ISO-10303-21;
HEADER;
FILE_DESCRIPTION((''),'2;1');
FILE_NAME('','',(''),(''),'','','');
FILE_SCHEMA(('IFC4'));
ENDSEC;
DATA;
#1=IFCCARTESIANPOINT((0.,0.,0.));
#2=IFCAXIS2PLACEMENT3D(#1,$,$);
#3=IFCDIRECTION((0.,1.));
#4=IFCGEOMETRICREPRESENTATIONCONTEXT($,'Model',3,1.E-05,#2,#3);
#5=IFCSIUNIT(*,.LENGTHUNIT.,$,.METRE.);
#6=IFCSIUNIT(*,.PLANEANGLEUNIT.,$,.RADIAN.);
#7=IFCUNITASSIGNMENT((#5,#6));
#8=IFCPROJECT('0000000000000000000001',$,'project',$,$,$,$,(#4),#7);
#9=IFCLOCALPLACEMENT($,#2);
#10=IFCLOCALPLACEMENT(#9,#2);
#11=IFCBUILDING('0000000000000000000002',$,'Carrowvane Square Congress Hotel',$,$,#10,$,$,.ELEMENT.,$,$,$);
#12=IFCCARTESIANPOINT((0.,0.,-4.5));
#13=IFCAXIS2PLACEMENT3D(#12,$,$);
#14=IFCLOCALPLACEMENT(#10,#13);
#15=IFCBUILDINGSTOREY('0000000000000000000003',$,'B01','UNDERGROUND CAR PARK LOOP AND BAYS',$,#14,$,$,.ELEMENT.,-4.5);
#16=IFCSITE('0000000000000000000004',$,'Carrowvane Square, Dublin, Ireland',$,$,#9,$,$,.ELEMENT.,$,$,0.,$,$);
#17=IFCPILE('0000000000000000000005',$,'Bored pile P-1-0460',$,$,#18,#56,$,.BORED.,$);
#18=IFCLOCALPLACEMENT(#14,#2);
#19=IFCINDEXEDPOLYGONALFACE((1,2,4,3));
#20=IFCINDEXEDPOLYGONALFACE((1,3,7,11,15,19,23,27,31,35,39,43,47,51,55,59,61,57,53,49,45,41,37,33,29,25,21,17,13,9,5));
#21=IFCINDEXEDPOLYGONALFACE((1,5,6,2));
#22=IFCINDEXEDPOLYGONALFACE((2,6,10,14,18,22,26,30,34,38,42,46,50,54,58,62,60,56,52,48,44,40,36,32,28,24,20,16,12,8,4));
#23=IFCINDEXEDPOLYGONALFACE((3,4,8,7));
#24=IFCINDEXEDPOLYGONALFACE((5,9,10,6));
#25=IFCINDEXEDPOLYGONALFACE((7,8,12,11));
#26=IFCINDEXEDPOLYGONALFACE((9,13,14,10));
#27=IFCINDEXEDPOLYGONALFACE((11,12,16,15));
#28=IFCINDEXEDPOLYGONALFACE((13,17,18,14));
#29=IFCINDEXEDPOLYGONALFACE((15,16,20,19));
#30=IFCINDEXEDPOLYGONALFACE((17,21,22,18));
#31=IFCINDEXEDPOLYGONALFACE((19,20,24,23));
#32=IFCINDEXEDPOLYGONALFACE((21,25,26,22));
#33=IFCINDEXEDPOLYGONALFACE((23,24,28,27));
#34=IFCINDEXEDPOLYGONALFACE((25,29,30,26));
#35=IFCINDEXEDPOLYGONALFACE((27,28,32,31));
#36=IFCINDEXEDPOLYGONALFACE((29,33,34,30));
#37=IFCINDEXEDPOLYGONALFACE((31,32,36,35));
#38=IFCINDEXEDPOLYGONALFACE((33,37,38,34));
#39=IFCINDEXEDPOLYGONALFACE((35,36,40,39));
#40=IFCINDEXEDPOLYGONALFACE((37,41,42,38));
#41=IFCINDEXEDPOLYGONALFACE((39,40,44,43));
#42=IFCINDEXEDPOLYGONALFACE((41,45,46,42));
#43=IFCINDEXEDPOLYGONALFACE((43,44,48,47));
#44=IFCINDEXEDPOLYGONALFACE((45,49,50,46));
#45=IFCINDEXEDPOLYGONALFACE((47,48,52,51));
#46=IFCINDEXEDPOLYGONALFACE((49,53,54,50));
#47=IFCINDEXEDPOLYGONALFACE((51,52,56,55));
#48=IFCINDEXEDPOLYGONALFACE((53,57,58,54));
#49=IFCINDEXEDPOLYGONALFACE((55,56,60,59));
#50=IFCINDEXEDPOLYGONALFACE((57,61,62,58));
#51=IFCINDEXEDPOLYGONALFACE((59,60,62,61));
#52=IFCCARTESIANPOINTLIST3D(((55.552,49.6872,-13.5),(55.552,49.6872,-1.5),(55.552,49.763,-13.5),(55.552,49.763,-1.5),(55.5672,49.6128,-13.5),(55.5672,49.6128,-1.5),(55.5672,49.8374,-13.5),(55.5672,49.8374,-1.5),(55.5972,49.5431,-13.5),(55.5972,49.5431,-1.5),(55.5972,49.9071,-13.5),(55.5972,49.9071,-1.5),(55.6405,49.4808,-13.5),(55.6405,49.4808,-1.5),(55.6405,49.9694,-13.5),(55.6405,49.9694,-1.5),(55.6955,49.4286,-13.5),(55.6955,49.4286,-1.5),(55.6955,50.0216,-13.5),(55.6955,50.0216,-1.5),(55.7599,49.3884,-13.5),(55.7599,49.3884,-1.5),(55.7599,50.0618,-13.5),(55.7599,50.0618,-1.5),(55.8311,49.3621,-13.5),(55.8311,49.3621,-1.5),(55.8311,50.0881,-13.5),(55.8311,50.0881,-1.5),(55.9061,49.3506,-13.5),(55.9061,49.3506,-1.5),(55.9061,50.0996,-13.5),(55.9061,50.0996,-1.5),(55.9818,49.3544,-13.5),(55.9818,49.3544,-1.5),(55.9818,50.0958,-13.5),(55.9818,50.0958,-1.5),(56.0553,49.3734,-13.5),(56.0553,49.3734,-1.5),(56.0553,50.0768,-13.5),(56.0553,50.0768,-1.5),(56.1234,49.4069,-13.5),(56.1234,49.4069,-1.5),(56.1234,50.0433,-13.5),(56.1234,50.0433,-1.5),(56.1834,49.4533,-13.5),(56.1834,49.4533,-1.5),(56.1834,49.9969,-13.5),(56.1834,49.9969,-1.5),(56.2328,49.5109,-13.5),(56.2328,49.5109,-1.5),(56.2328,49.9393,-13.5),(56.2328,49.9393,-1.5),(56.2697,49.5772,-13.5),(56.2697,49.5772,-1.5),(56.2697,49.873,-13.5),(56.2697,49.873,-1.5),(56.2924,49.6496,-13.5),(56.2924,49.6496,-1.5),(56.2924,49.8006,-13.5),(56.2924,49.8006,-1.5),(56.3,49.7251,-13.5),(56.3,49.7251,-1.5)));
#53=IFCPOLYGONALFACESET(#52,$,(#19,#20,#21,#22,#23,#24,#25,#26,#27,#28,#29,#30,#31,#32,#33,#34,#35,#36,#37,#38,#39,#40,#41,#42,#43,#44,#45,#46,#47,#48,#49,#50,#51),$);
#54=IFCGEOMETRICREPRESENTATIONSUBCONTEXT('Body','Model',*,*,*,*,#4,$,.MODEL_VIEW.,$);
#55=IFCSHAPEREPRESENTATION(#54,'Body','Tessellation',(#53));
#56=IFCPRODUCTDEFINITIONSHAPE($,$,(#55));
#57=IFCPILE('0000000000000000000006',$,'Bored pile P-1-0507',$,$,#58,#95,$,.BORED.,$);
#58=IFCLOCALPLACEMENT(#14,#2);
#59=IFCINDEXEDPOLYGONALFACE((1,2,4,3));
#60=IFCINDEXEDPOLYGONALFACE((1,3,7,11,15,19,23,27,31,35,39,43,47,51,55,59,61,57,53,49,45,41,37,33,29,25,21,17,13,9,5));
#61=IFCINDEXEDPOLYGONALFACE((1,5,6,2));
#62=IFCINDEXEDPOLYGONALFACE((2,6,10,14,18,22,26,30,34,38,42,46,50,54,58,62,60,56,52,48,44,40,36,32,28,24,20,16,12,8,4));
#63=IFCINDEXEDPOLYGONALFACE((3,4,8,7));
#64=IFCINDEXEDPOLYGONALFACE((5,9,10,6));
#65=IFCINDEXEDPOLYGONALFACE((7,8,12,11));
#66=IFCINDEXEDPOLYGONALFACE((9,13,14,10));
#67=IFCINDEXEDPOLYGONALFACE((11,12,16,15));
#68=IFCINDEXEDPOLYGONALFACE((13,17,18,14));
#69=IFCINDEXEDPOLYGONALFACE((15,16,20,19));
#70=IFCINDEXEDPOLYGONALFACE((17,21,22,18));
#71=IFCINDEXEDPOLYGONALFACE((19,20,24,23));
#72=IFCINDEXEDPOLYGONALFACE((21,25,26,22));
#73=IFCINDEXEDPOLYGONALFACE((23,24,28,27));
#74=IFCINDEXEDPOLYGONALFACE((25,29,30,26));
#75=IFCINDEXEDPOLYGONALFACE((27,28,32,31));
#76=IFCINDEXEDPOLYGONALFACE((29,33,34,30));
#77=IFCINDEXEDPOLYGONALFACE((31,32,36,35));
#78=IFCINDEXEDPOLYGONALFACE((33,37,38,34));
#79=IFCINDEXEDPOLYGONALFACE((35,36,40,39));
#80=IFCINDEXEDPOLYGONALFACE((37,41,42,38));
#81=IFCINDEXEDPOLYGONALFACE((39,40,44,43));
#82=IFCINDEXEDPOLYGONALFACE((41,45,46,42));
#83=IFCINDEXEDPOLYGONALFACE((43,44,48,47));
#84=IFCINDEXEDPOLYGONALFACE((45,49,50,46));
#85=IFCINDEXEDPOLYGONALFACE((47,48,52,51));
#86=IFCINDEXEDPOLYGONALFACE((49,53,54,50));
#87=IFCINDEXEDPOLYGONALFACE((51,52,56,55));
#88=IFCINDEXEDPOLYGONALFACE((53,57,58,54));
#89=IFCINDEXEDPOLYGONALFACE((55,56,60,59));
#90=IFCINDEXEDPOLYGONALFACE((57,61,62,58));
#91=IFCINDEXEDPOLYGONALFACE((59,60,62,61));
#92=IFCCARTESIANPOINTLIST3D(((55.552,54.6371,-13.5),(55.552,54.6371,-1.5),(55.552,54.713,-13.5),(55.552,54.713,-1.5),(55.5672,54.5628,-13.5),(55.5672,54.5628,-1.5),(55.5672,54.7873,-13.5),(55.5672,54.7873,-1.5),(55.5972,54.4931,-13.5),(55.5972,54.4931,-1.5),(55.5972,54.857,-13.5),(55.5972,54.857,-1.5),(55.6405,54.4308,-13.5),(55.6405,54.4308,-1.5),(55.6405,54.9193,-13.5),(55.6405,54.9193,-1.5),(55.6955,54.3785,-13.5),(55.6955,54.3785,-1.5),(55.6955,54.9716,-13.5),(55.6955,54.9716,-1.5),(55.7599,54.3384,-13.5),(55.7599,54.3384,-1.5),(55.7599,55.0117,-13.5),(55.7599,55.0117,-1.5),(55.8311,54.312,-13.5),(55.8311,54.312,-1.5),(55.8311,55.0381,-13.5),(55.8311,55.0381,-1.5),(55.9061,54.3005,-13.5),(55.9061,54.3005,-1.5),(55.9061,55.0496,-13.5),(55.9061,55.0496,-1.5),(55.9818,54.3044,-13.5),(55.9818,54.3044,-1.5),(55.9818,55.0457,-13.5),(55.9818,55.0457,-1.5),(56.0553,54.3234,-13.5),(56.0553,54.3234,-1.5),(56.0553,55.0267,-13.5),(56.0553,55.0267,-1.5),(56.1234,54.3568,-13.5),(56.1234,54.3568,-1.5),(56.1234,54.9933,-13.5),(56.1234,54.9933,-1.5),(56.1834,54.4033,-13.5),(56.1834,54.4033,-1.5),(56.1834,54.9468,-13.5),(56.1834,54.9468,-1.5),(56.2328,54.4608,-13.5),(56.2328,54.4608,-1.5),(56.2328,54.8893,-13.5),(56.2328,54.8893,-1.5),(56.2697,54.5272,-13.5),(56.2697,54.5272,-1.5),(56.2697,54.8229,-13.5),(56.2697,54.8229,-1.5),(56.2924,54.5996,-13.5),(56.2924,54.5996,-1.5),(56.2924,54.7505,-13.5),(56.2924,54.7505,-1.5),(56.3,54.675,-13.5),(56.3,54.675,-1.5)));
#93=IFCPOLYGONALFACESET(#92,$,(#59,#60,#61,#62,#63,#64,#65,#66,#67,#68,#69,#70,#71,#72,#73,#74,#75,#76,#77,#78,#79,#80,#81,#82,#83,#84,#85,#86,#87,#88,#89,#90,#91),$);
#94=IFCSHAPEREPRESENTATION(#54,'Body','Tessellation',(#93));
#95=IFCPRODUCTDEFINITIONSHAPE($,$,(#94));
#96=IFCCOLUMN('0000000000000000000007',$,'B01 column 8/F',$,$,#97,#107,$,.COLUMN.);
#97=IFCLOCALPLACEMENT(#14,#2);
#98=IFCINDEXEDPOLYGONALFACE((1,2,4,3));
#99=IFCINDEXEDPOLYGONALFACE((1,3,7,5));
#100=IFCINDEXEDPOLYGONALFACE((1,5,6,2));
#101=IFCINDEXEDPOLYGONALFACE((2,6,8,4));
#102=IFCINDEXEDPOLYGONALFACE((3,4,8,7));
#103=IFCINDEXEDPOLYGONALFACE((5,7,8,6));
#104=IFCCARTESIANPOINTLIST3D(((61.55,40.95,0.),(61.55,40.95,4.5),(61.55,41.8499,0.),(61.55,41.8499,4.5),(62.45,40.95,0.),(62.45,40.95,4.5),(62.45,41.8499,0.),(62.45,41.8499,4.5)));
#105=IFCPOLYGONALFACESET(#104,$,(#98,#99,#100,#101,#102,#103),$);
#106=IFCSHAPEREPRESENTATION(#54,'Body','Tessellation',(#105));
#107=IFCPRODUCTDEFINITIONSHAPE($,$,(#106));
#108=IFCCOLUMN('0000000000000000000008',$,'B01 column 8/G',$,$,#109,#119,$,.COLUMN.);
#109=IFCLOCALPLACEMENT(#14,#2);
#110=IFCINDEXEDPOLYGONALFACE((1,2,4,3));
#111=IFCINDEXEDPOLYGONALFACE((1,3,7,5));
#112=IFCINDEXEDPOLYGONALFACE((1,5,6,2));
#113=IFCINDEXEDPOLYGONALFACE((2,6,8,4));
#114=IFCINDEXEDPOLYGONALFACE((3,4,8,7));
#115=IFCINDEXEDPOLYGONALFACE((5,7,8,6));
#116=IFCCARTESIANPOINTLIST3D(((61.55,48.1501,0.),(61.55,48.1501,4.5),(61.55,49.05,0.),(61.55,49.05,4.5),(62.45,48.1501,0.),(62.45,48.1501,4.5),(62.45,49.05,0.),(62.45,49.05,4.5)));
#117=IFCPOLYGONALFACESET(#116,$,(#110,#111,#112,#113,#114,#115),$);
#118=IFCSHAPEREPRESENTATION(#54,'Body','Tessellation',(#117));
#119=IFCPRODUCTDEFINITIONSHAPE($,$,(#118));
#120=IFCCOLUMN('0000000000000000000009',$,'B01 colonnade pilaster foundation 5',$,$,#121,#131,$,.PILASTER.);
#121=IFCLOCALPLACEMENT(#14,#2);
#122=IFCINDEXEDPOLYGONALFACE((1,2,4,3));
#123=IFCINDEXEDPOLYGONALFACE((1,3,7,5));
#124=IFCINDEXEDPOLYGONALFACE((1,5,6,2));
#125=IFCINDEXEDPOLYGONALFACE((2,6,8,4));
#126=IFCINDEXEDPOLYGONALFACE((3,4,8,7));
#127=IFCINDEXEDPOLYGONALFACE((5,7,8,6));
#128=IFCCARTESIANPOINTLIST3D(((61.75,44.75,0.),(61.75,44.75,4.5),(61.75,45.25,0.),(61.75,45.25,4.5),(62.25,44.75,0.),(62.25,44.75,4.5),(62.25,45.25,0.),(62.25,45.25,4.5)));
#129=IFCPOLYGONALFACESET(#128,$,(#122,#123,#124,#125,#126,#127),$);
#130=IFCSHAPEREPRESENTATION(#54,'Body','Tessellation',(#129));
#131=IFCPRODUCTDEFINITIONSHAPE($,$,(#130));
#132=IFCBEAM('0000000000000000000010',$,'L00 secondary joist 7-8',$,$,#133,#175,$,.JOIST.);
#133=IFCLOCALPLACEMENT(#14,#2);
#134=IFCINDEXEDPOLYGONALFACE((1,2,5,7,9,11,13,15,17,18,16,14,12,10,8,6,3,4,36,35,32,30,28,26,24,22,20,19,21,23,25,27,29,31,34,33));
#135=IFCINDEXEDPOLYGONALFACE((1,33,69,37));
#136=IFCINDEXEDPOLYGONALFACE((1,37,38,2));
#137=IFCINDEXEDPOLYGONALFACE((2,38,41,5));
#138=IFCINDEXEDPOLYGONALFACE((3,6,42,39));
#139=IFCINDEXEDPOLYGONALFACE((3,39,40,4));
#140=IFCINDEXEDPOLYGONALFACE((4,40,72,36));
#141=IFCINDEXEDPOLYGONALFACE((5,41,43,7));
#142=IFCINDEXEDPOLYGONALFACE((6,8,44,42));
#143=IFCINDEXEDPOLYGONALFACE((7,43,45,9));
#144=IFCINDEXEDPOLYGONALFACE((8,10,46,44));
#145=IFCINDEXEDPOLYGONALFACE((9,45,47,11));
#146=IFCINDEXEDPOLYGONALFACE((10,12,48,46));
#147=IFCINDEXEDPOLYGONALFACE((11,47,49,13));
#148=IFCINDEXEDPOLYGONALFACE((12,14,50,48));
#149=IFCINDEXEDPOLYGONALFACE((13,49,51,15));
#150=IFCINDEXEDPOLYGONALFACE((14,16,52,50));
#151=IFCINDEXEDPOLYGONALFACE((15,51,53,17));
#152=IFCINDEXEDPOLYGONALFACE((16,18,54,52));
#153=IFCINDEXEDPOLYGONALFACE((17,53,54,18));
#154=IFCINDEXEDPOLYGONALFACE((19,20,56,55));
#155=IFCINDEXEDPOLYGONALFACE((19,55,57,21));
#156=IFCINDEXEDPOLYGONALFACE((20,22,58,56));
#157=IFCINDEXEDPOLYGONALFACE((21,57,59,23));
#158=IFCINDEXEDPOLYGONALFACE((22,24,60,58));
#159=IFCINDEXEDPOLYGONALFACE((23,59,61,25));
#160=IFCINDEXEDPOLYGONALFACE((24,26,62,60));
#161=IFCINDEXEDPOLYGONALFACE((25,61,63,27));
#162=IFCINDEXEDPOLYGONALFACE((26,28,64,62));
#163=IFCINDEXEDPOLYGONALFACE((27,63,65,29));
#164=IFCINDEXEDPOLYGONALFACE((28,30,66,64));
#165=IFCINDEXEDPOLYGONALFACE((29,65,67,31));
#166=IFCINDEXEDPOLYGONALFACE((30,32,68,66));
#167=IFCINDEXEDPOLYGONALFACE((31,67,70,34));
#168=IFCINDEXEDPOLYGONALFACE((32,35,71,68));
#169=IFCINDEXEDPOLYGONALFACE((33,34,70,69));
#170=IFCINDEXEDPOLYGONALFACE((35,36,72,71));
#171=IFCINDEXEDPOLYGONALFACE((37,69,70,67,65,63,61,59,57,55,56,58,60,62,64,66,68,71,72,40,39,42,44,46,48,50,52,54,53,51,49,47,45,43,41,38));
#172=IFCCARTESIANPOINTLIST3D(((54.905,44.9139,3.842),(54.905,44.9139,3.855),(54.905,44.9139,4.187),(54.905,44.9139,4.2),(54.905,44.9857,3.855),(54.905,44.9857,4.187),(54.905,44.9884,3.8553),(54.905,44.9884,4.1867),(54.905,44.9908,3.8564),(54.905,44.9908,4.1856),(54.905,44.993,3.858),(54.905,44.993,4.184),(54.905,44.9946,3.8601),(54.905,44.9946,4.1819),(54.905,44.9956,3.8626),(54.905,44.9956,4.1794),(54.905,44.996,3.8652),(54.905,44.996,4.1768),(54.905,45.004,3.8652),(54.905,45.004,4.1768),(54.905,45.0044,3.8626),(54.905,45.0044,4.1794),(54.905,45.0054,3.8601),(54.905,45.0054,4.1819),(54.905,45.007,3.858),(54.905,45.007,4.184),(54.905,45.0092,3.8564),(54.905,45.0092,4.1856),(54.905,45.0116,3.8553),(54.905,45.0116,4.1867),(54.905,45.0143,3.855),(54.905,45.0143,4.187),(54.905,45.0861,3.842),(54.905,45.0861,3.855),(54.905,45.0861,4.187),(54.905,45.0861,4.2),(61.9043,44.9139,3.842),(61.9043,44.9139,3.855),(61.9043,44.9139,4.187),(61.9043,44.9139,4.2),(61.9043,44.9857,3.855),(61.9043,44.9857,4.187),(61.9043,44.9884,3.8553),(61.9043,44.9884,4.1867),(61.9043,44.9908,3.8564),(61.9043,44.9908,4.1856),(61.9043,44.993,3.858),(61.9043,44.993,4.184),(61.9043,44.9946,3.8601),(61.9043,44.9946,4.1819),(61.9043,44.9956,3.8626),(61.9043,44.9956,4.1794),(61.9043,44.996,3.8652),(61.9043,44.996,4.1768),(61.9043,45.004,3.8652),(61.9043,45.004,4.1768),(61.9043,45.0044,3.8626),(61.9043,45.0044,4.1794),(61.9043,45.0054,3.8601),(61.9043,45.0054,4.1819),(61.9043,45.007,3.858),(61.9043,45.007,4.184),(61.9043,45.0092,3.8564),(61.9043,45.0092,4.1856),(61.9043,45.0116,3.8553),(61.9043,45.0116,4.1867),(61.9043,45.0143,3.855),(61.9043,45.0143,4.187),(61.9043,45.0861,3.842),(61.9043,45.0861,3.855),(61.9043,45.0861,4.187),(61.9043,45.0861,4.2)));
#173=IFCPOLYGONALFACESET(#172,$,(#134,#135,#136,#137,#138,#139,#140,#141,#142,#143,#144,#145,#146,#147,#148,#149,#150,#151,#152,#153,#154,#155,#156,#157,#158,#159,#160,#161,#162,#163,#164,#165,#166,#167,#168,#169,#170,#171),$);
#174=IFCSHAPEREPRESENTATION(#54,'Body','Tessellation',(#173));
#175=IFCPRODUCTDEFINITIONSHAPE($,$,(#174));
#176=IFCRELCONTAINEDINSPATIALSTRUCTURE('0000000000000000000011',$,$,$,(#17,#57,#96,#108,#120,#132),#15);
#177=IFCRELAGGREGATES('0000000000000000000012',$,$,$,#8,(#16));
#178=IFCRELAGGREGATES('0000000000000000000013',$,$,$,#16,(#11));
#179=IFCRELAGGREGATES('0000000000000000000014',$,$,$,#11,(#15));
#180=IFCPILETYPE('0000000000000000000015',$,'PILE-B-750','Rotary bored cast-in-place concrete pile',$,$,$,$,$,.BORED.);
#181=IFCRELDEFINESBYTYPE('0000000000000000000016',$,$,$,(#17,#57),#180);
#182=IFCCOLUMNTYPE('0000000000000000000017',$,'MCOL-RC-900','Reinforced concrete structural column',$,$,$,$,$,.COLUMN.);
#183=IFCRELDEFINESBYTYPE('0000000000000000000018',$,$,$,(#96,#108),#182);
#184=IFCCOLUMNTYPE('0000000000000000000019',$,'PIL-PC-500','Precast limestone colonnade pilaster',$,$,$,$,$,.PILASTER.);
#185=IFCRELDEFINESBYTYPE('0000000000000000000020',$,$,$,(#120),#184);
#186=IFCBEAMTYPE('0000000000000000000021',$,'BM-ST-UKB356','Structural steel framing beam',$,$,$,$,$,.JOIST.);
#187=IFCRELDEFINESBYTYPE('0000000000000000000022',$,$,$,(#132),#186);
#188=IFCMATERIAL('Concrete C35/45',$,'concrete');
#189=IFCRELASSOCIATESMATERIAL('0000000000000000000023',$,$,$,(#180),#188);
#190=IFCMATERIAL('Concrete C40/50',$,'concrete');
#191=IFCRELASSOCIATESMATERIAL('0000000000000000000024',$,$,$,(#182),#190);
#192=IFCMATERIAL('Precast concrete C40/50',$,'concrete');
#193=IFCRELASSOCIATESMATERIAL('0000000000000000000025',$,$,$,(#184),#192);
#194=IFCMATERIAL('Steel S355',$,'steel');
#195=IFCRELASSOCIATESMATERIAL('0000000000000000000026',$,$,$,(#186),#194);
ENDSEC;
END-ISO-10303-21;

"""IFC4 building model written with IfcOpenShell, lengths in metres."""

from ifc_helpers import new_model, si_unit, direction, frame, origin, origin_2d, place, context, subcontext, project, spatial, rectangle, circle, i_section, extrude, material, material_profile, profile_set, type_object, element, save


model = new_model("IFC4")

# Units and contexts
model_context = context("Model", 3, precision=1e-05, world=origin(), true_north=direction((0.0, 1.0)))
body_context = subcontext(model_context, "Body", "Model", "MODEL_VIEW")
ifc_project = project(units=[si_unit("LENGTHUNIT", "METRE"), si_unit("PLANEANGLEUNIT", "RADIAN")], contexts=[model_context])

# Site, building, storey
site_placement = place(None, origin())
site = spatial("IfcSite", under=ifc_project, at=site_placement, Name="Carrowvane Square, Dublin, Ireland", CompositionType="ELEMENT", RefElevation=0.0)
building_placement = place(site_placement, origin())
building = spatial("IfcBuilding", under=site, at=building_placement, Name="Carrowvane Square Congress Hotel", CompositionType="ELEMENT")
storey_placement = place(building_placement, frame((0.0, 0.0, -4.5)))
storey = spatial("IfcBuildingStorey", under=building, at=storey_placement, Name="B01", Description="UNDERGROUND CAR PARK LOOP AND BAYS", CompositionType="ELEMENT", Elevation=-4.5)

# Piles
ifc_material_1 = material(Name="Concrete C35/45", Category="concrete")
ifc_material_profile_1 = material_profile(ifc_material_1, circle(Radius=0.375, at=origin_2d()), Name="PILE D750")
ifc_profile_set_1 = profile_set([ifc_material_profile_1], Name="Concrete C35/45")
pile_type_1 = type_object("IfcPileType", Name="PILE-B-750", Description="Rotary bored cast-in-place concrete pile", PredefinedType="BORED", material=ifc_profile_set_1)
for number, where, z_axis, x_axis, name in (
    (1, (55.925, 49.7251, -1.5), (0.0, 0.0, -1.0), (1.0, 0.0, 0.0), "Bored pile P-1-0460"),
    (2, (55.925, 54.675, -1.5), (0.0, 0.0, -1.0), (1.0, 0.0, 0.0), "Bored pile P-1-0507"),
):
    element("IfcPile", number, at=place(storey_placement, frame(where, z_axis=z_axis, x_axis=x_axis)), inside=storey, type_object=pile_type_1, Name=name, PredefinedType="BORED", context=body_context, shape_type="SweptSolid", body=[
        extrude(circle(Radius=0.375, at=origin_2d()), origin(), (0.0, 0.0, 1.0), 12.0),
    ])

# Columns
ifc_material_2 = material(Name="Concrete C40/50", Category="concrete")
ifc_material_profile_2 = material_profile(ifc_material_2, rectangle(XDim=0.8999, YDim=0.8999, at=origin_2d()), Name="RC 900x900")
ifc_profile_set_2 = profile_set([ifc_material_profile_2], Name="Concrete C40/50")
column_type_1 = type_object("IfcColumnType", Name="MCOL-RC-900", Description="Reinforced concrete structural column", PredefinedType="COLUMN", material=ifc_profile_set_2)
for number, where, z_axis, x_axis, name in (
    (3, (62.0, 41.3999, 0.0), (0.0, 0.0, 1.0), (1.0, 0.0, 0.0), "B01 column 8/F"),
    (4, (62.0, 48.6001, 0.0), (0.0, 0.0, 1.0), (1.0, 0.0, 0.0), "B01 column 8/G"),
):
    element("IfcColumn", number, at=place(storey_placement, frame(where, z_axis=z_axis, x_axis=x_axis)), inside=storey, type_object=column_type_1, Name=name, PredefinedType="COLUMN", context=body_context, shape_type="SweptSolid", body=[
        extrude(rectangle(XDim=0.8999, YDim=0.8999, at=origin_2d()), origin(), (0.0, 0.0, 1.0), 4.5),
    ])
ifc_material_3 = material(Name="Precast concrete C40/50", Category="concrete")
ifc_material_profile_3 = material_profile(ifc_material_3, rectangle(XDim=0.5, YDim=0.5, at=origin_2d()), Name="RC 500x500")
ifc_profile_set_3 = profile_set([ifc_material_profile_3], Name="Precast concrete C40/50")
column_type_2 = type_object("IfcColumnType", Name="PIL-PC-500", Description="Precast limestone colonnade pilaster", PredefinedType="PILASTER", material=ifc_profile_set_3)
column_placement = place(storey_placement, frame((62.0, 45.0, 0.0), z_axis=(0.0, 0.0, 1.0), x_axis=(1.0, 0.0, 0.0)))
element("IfcColumn", 5, at=column_placement, inside=storey, type_object=column_type_2, Name="B01 colonnade pilaster foundation 5", PredefinedType="PILASTER", context=body_context, shape_type="SweptSolid", body=[
    extrude(rectangle(XDim=0.5, YDim=0.5, at=origin_2d()), origin(), (0.0, 0.0, 1.0), 4.5),
])

# Beam
ifc_material_4 = material(Name="Steel S355", Category="steel")
ifc_material_profile_4 = material_profile(ifc_material_4, i_section(OverallWidth=0.1721, OverallDepth=0.3579, WebThickness=0.0081, FlangeThickness=0.0129, FilletRadius=0.0103, at=origin_2d()), Name="UKB 356x171x57")
ifc_profile_set_4 = profile_set([ifc_material_profile_4], Name="Steel S355")
beam_type_1 = type_object("IfcBeamType", Name="BM-ST-UKB356", Description="Structural steel framing beam", PredefinedType="JOIST", material=ifc_profile_set_4)
for number, where, z_axis, x_axis, name in (
    (6, (54.905, 45.0, 4.021), (1.0, 0.0, 0.0), (0.0, 1.0, 0.0), "L00 secondary joist 7-8"),
):
    element("IfcBeam", number, at=place(storey_placement, frame(where, z_axis=z_axis, x_axis=x_axis)), inside=storey, type_object=beam_type_1, Name=name, PredefinedType="JOIST", context=body_context, shape_type="SweptSolid", body=[
        extrude(i_section(OverallWidth=0.1721, OverallDepth=0.3579, WebThickness=0.0081, FlangeThickness=0.0129, FilletRadius=0.0103, at=origin_2d()), origin(), (0.0, 0.0, 1.0), 6.9993),
    ])

save(model, "model.ifc")
